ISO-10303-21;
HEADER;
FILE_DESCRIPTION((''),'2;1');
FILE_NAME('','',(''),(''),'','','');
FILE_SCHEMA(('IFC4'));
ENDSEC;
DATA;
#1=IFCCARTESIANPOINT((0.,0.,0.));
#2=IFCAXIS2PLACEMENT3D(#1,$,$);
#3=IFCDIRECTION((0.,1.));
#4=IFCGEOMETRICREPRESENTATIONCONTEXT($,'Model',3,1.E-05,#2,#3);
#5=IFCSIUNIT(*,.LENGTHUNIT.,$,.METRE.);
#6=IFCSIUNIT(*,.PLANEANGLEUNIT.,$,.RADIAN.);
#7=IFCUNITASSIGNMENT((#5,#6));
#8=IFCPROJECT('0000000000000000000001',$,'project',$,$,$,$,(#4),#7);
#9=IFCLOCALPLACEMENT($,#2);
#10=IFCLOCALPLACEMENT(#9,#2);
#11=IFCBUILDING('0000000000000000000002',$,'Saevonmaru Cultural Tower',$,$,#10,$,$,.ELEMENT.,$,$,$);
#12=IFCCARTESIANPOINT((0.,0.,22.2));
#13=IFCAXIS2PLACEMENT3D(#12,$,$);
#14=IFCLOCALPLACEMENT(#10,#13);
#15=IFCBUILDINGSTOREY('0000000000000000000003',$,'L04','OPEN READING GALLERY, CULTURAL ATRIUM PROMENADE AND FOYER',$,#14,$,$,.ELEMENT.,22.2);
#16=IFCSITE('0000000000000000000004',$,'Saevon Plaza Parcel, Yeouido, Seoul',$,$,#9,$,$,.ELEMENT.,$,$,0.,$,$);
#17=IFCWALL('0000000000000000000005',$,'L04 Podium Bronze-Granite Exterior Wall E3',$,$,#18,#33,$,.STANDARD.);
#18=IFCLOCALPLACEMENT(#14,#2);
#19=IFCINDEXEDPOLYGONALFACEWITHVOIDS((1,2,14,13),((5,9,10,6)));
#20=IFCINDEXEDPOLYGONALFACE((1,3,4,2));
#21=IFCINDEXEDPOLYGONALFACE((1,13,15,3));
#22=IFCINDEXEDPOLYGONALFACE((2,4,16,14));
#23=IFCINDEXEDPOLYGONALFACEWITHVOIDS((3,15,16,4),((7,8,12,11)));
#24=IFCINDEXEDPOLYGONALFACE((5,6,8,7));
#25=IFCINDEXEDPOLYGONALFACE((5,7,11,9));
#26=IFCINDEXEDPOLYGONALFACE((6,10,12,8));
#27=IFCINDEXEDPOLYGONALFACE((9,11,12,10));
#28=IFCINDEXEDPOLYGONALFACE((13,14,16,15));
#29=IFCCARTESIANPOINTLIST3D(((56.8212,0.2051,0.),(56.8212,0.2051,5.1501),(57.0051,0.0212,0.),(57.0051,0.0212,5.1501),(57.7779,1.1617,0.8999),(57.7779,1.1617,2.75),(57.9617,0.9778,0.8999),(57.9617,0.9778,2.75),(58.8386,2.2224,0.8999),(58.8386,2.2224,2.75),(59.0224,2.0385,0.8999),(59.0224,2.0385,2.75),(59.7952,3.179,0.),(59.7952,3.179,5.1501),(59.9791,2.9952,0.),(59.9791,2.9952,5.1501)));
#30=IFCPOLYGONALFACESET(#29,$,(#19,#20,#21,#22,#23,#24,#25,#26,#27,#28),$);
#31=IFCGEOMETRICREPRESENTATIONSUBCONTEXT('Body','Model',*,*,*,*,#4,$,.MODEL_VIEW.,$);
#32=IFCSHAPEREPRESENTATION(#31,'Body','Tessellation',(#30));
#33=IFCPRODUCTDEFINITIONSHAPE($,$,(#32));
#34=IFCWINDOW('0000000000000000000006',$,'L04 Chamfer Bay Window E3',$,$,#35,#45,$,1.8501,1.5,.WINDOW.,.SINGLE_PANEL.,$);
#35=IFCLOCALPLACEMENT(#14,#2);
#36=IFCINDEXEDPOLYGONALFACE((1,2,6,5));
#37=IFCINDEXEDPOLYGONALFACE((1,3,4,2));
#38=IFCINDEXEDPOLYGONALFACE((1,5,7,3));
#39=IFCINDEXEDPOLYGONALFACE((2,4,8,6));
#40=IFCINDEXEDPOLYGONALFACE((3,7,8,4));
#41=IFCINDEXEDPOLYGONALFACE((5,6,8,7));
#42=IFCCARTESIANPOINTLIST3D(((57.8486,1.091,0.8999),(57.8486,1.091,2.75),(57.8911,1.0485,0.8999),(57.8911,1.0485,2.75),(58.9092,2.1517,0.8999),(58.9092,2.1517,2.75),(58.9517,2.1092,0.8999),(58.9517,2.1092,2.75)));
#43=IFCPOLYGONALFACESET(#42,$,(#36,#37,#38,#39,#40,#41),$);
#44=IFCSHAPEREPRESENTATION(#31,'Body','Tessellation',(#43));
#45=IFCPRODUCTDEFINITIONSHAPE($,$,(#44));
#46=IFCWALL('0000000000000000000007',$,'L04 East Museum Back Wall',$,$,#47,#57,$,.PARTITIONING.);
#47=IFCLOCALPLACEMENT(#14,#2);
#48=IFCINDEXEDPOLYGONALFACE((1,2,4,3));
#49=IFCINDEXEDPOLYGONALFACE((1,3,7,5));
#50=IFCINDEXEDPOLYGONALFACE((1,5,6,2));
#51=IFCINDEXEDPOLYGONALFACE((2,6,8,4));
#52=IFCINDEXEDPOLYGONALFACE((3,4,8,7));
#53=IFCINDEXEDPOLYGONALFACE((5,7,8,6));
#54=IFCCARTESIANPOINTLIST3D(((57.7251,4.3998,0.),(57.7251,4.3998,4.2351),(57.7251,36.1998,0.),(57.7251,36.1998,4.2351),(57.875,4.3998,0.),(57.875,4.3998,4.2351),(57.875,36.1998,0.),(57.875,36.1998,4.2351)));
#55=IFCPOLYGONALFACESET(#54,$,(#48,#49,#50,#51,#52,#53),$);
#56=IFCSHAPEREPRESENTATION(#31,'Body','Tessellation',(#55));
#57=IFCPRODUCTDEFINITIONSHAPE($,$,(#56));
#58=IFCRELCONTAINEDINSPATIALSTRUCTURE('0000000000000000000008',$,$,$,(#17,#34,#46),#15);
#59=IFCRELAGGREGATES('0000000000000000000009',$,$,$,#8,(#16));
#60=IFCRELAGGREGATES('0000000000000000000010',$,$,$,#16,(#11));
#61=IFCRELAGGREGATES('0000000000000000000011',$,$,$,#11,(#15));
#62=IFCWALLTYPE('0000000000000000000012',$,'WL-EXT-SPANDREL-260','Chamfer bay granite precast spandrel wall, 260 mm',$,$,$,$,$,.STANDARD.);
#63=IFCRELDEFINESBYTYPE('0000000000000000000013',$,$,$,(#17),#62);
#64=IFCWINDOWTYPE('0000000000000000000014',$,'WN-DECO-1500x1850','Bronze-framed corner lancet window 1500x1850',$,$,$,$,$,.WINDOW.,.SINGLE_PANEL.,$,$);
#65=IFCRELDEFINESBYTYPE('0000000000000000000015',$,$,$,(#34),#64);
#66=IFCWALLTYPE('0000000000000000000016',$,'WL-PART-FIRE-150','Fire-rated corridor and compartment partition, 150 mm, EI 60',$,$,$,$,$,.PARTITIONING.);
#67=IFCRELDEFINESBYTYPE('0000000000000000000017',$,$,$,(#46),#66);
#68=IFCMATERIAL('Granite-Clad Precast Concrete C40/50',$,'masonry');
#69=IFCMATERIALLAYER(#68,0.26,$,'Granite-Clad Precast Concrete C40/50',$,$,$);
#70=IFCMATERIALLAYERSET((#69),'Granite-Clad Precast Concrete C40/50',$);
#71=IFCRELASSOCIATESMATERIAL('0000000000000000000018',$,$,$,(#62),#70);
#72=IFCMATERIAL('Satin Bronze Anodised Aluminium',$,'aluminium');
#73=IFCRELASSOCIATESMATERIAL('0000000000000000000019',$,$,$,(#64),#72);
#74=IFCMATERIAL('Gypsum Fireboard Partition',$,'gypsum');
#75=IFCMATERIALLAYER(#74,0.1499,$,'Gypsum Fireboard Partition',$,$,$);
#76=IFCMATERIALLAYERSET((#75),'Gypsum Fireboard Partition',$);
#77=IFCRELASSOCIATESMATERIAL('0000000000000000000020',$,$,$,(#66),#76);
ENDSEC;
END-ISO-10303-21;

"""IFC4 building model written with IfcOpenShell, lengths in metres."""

from ifc_helpers import new_model, si_unit, direction, frame, frame_2d, origin, place, context, subcontext, project, spatial, rectangle, extrude, material, layer, layer_set, type_object, element, fill, save


model = new_model("IFC4")

# Units and contexts
model_context = context("Model", 3, precision=1e-05, world=origin(), true_north=direction((0.0, 1.0)))
body_context = subcontext(model_context, "Body", "Model", "MODEL_VIEW")
ifc_project = project(units=[si_unit("LENGTHUNIT", "METRE"), si_unit("PLANEANGLEUNIT", "RADIAN")], contexts=[model_context])

# Site, building, storey
site_placement = place(None, origin())
site = spatial("IfcSite", under=ifc_project, at=site_placement, Name="Saevon Plaza Parcel, Yeouido, Seoul", CompositionType="ELEMENT", RefElevation=0.0)
building_placement = place(site_placement, origin())
building = spatial("IfcBuilding", under=site, at=building_placement, Name="Saevonmaru Cultural Tower", CompositionType="ELEMENT")
storey_placement = place(building_placement, frame((0.0, 0.0, 22.2)))
storey = spatial("IfcBuildingStorey", under=building, at=storey_placement, Name="L04", Description="OPEN READING GALLERY, CULTURAL ATRIUM PROMENADE AND FOYER", CompositionType="ELEMENT", Elevation=22.2)

# Shared definitions
ifc_material_1 = material(Name="Satin Bronze Anodised Aluminium", Category="aluminium")

# Wall, opening, window
ifc_material_2 = material(Name="Granite-Clad Precast Concrete C40/50", Category="masonry")
ifc_layer_1 = layer(ifc_material_2, 0.26, Name="Granite-Clad Precast Concrete C40/50")
ifc_layer_set_1 = layer_set([ifc_layer_1], Name="Granite-Clad Precast Concrete C40/50")
wall_type_1 = type_object("IfcWallType", Name="WL-EXT-SPANDREL-260", Description="Chamfer bay granite precast spandrel wall, 260 mm", PredefinedType="STANDARD", material=ifc_layer_set_1)
wall_1_placement = place(storey_placement, frame((56.9131, 0.113, 0.0), z_axis=(0.0, 0.0, 1.0), x_axis=(0.707107, 0.707107, 0.0)))
wall_1 = element("IfcWall", 1, at=wall_1_placement, inside=storey, type_object=wall_type_1, Name="L04 Podium Bronze-Granite Exterior Wall E3", PredefinedType="STANDARD", context=body_context, shape_type="SweptSolid", body=[
    extrude(rectangle(XDim=4.2058, YDim=0.26, at=frame_2d((2.103, 0.0))), origin(), (0.0, 0.0, 1.0), 5.1501),
])
opening_placement = place(wall_1_placement, frame((1.353, 0.0, 0.8999)))
opening = element("IfcOpeningElement", 2, at=opening_placement, cuts=wall_1, PredefinedType="OPENING", context=body_context, shape_type="SweptSolid", body=[
    extrude(rectangle(XDim=1.5, YDim=1.8501, at=frame_2d((0.75, 0.925))), frame((0.0, 0.1401, 0.0), z_axis=(0.0, -1.0, 0.0), x_axis=(1.0, 0.0, 0.0)), (0.0, 0.0, 1.0), 0.28),
])
window_type = type_object("IfcWindowType", Name="WN-DECO-1500x1850", Description="Bronze-framed corner lancet window 1500x1850", PartitioningType="SINGLE_PANEL", PredefinedType="WINDOW", material=ifc_material_1)
window_placement = place(opening_placement, origin())
window = element("IfcWindow", 3, at=window_placement, inside=storey, type_object=window_type, Name="L04 Chamfer Bay Window E3", OverallHeight=1.8501, OverallWidth=1.5, PartitioningType="SINGLE_PANEL", PredefinedType="WINDOW", context=body_context, shape_type="SweptSolid", body=[
    extrude(rectangle(XDim=1.5, YDim=1.8501, at=frame_2d((0.75, 0.925))), frame((0.0, 0.03, 0.0), z_axis=(0.0, -1.0, 0.0), x_axis=(1.0, 0.0, 0.0)), (0.0, 0.0, 1.0), 0.0601),
])
fill(opening, window)

# Wall
ifc_material_3 = material(Name="Gypsum Fireboard Partition", Category="gypsum")
ifc_layer_2 = layer(ifc_material_3, 0.1499, Name="Gypsum Fireboard Partition")
ifc_layer_set_2 = layer_set([ifc_layer_2], Name="Gypsum Fireboard Partition")
wall_type_2 = type_object("IfcWallType", Name="WL-PART-FIRE-150", Description="Fire-rated corridor and compartment partition, 150 mm, EI 60", PredefinedType="PARTITIONING", material=ifc_layer_set_2)
wall_2_placement = place(storey_placement, frame((57.8, 4.3999, 0.0), z_axis=(0.0, 0.0, 1.0), x_axis=(0.0, 1.0, 0.0)))
element("IfcWall", 4, at=wall_2_placement, inside=storey, type_object=wall_type_2, Name="L04 East Museum Back Wall", PredefinedType="PARTITIONING", context=body_context, shape_type="SweptSolid", body=[
    extrude(rectangle(XDim=31.8, YDim=0.1499, at=frame_2d((15.8999, 0.0))), origin(), (0.0, 0.0, 1.0), 4.2351),
])

save(model, "model.ifc")
